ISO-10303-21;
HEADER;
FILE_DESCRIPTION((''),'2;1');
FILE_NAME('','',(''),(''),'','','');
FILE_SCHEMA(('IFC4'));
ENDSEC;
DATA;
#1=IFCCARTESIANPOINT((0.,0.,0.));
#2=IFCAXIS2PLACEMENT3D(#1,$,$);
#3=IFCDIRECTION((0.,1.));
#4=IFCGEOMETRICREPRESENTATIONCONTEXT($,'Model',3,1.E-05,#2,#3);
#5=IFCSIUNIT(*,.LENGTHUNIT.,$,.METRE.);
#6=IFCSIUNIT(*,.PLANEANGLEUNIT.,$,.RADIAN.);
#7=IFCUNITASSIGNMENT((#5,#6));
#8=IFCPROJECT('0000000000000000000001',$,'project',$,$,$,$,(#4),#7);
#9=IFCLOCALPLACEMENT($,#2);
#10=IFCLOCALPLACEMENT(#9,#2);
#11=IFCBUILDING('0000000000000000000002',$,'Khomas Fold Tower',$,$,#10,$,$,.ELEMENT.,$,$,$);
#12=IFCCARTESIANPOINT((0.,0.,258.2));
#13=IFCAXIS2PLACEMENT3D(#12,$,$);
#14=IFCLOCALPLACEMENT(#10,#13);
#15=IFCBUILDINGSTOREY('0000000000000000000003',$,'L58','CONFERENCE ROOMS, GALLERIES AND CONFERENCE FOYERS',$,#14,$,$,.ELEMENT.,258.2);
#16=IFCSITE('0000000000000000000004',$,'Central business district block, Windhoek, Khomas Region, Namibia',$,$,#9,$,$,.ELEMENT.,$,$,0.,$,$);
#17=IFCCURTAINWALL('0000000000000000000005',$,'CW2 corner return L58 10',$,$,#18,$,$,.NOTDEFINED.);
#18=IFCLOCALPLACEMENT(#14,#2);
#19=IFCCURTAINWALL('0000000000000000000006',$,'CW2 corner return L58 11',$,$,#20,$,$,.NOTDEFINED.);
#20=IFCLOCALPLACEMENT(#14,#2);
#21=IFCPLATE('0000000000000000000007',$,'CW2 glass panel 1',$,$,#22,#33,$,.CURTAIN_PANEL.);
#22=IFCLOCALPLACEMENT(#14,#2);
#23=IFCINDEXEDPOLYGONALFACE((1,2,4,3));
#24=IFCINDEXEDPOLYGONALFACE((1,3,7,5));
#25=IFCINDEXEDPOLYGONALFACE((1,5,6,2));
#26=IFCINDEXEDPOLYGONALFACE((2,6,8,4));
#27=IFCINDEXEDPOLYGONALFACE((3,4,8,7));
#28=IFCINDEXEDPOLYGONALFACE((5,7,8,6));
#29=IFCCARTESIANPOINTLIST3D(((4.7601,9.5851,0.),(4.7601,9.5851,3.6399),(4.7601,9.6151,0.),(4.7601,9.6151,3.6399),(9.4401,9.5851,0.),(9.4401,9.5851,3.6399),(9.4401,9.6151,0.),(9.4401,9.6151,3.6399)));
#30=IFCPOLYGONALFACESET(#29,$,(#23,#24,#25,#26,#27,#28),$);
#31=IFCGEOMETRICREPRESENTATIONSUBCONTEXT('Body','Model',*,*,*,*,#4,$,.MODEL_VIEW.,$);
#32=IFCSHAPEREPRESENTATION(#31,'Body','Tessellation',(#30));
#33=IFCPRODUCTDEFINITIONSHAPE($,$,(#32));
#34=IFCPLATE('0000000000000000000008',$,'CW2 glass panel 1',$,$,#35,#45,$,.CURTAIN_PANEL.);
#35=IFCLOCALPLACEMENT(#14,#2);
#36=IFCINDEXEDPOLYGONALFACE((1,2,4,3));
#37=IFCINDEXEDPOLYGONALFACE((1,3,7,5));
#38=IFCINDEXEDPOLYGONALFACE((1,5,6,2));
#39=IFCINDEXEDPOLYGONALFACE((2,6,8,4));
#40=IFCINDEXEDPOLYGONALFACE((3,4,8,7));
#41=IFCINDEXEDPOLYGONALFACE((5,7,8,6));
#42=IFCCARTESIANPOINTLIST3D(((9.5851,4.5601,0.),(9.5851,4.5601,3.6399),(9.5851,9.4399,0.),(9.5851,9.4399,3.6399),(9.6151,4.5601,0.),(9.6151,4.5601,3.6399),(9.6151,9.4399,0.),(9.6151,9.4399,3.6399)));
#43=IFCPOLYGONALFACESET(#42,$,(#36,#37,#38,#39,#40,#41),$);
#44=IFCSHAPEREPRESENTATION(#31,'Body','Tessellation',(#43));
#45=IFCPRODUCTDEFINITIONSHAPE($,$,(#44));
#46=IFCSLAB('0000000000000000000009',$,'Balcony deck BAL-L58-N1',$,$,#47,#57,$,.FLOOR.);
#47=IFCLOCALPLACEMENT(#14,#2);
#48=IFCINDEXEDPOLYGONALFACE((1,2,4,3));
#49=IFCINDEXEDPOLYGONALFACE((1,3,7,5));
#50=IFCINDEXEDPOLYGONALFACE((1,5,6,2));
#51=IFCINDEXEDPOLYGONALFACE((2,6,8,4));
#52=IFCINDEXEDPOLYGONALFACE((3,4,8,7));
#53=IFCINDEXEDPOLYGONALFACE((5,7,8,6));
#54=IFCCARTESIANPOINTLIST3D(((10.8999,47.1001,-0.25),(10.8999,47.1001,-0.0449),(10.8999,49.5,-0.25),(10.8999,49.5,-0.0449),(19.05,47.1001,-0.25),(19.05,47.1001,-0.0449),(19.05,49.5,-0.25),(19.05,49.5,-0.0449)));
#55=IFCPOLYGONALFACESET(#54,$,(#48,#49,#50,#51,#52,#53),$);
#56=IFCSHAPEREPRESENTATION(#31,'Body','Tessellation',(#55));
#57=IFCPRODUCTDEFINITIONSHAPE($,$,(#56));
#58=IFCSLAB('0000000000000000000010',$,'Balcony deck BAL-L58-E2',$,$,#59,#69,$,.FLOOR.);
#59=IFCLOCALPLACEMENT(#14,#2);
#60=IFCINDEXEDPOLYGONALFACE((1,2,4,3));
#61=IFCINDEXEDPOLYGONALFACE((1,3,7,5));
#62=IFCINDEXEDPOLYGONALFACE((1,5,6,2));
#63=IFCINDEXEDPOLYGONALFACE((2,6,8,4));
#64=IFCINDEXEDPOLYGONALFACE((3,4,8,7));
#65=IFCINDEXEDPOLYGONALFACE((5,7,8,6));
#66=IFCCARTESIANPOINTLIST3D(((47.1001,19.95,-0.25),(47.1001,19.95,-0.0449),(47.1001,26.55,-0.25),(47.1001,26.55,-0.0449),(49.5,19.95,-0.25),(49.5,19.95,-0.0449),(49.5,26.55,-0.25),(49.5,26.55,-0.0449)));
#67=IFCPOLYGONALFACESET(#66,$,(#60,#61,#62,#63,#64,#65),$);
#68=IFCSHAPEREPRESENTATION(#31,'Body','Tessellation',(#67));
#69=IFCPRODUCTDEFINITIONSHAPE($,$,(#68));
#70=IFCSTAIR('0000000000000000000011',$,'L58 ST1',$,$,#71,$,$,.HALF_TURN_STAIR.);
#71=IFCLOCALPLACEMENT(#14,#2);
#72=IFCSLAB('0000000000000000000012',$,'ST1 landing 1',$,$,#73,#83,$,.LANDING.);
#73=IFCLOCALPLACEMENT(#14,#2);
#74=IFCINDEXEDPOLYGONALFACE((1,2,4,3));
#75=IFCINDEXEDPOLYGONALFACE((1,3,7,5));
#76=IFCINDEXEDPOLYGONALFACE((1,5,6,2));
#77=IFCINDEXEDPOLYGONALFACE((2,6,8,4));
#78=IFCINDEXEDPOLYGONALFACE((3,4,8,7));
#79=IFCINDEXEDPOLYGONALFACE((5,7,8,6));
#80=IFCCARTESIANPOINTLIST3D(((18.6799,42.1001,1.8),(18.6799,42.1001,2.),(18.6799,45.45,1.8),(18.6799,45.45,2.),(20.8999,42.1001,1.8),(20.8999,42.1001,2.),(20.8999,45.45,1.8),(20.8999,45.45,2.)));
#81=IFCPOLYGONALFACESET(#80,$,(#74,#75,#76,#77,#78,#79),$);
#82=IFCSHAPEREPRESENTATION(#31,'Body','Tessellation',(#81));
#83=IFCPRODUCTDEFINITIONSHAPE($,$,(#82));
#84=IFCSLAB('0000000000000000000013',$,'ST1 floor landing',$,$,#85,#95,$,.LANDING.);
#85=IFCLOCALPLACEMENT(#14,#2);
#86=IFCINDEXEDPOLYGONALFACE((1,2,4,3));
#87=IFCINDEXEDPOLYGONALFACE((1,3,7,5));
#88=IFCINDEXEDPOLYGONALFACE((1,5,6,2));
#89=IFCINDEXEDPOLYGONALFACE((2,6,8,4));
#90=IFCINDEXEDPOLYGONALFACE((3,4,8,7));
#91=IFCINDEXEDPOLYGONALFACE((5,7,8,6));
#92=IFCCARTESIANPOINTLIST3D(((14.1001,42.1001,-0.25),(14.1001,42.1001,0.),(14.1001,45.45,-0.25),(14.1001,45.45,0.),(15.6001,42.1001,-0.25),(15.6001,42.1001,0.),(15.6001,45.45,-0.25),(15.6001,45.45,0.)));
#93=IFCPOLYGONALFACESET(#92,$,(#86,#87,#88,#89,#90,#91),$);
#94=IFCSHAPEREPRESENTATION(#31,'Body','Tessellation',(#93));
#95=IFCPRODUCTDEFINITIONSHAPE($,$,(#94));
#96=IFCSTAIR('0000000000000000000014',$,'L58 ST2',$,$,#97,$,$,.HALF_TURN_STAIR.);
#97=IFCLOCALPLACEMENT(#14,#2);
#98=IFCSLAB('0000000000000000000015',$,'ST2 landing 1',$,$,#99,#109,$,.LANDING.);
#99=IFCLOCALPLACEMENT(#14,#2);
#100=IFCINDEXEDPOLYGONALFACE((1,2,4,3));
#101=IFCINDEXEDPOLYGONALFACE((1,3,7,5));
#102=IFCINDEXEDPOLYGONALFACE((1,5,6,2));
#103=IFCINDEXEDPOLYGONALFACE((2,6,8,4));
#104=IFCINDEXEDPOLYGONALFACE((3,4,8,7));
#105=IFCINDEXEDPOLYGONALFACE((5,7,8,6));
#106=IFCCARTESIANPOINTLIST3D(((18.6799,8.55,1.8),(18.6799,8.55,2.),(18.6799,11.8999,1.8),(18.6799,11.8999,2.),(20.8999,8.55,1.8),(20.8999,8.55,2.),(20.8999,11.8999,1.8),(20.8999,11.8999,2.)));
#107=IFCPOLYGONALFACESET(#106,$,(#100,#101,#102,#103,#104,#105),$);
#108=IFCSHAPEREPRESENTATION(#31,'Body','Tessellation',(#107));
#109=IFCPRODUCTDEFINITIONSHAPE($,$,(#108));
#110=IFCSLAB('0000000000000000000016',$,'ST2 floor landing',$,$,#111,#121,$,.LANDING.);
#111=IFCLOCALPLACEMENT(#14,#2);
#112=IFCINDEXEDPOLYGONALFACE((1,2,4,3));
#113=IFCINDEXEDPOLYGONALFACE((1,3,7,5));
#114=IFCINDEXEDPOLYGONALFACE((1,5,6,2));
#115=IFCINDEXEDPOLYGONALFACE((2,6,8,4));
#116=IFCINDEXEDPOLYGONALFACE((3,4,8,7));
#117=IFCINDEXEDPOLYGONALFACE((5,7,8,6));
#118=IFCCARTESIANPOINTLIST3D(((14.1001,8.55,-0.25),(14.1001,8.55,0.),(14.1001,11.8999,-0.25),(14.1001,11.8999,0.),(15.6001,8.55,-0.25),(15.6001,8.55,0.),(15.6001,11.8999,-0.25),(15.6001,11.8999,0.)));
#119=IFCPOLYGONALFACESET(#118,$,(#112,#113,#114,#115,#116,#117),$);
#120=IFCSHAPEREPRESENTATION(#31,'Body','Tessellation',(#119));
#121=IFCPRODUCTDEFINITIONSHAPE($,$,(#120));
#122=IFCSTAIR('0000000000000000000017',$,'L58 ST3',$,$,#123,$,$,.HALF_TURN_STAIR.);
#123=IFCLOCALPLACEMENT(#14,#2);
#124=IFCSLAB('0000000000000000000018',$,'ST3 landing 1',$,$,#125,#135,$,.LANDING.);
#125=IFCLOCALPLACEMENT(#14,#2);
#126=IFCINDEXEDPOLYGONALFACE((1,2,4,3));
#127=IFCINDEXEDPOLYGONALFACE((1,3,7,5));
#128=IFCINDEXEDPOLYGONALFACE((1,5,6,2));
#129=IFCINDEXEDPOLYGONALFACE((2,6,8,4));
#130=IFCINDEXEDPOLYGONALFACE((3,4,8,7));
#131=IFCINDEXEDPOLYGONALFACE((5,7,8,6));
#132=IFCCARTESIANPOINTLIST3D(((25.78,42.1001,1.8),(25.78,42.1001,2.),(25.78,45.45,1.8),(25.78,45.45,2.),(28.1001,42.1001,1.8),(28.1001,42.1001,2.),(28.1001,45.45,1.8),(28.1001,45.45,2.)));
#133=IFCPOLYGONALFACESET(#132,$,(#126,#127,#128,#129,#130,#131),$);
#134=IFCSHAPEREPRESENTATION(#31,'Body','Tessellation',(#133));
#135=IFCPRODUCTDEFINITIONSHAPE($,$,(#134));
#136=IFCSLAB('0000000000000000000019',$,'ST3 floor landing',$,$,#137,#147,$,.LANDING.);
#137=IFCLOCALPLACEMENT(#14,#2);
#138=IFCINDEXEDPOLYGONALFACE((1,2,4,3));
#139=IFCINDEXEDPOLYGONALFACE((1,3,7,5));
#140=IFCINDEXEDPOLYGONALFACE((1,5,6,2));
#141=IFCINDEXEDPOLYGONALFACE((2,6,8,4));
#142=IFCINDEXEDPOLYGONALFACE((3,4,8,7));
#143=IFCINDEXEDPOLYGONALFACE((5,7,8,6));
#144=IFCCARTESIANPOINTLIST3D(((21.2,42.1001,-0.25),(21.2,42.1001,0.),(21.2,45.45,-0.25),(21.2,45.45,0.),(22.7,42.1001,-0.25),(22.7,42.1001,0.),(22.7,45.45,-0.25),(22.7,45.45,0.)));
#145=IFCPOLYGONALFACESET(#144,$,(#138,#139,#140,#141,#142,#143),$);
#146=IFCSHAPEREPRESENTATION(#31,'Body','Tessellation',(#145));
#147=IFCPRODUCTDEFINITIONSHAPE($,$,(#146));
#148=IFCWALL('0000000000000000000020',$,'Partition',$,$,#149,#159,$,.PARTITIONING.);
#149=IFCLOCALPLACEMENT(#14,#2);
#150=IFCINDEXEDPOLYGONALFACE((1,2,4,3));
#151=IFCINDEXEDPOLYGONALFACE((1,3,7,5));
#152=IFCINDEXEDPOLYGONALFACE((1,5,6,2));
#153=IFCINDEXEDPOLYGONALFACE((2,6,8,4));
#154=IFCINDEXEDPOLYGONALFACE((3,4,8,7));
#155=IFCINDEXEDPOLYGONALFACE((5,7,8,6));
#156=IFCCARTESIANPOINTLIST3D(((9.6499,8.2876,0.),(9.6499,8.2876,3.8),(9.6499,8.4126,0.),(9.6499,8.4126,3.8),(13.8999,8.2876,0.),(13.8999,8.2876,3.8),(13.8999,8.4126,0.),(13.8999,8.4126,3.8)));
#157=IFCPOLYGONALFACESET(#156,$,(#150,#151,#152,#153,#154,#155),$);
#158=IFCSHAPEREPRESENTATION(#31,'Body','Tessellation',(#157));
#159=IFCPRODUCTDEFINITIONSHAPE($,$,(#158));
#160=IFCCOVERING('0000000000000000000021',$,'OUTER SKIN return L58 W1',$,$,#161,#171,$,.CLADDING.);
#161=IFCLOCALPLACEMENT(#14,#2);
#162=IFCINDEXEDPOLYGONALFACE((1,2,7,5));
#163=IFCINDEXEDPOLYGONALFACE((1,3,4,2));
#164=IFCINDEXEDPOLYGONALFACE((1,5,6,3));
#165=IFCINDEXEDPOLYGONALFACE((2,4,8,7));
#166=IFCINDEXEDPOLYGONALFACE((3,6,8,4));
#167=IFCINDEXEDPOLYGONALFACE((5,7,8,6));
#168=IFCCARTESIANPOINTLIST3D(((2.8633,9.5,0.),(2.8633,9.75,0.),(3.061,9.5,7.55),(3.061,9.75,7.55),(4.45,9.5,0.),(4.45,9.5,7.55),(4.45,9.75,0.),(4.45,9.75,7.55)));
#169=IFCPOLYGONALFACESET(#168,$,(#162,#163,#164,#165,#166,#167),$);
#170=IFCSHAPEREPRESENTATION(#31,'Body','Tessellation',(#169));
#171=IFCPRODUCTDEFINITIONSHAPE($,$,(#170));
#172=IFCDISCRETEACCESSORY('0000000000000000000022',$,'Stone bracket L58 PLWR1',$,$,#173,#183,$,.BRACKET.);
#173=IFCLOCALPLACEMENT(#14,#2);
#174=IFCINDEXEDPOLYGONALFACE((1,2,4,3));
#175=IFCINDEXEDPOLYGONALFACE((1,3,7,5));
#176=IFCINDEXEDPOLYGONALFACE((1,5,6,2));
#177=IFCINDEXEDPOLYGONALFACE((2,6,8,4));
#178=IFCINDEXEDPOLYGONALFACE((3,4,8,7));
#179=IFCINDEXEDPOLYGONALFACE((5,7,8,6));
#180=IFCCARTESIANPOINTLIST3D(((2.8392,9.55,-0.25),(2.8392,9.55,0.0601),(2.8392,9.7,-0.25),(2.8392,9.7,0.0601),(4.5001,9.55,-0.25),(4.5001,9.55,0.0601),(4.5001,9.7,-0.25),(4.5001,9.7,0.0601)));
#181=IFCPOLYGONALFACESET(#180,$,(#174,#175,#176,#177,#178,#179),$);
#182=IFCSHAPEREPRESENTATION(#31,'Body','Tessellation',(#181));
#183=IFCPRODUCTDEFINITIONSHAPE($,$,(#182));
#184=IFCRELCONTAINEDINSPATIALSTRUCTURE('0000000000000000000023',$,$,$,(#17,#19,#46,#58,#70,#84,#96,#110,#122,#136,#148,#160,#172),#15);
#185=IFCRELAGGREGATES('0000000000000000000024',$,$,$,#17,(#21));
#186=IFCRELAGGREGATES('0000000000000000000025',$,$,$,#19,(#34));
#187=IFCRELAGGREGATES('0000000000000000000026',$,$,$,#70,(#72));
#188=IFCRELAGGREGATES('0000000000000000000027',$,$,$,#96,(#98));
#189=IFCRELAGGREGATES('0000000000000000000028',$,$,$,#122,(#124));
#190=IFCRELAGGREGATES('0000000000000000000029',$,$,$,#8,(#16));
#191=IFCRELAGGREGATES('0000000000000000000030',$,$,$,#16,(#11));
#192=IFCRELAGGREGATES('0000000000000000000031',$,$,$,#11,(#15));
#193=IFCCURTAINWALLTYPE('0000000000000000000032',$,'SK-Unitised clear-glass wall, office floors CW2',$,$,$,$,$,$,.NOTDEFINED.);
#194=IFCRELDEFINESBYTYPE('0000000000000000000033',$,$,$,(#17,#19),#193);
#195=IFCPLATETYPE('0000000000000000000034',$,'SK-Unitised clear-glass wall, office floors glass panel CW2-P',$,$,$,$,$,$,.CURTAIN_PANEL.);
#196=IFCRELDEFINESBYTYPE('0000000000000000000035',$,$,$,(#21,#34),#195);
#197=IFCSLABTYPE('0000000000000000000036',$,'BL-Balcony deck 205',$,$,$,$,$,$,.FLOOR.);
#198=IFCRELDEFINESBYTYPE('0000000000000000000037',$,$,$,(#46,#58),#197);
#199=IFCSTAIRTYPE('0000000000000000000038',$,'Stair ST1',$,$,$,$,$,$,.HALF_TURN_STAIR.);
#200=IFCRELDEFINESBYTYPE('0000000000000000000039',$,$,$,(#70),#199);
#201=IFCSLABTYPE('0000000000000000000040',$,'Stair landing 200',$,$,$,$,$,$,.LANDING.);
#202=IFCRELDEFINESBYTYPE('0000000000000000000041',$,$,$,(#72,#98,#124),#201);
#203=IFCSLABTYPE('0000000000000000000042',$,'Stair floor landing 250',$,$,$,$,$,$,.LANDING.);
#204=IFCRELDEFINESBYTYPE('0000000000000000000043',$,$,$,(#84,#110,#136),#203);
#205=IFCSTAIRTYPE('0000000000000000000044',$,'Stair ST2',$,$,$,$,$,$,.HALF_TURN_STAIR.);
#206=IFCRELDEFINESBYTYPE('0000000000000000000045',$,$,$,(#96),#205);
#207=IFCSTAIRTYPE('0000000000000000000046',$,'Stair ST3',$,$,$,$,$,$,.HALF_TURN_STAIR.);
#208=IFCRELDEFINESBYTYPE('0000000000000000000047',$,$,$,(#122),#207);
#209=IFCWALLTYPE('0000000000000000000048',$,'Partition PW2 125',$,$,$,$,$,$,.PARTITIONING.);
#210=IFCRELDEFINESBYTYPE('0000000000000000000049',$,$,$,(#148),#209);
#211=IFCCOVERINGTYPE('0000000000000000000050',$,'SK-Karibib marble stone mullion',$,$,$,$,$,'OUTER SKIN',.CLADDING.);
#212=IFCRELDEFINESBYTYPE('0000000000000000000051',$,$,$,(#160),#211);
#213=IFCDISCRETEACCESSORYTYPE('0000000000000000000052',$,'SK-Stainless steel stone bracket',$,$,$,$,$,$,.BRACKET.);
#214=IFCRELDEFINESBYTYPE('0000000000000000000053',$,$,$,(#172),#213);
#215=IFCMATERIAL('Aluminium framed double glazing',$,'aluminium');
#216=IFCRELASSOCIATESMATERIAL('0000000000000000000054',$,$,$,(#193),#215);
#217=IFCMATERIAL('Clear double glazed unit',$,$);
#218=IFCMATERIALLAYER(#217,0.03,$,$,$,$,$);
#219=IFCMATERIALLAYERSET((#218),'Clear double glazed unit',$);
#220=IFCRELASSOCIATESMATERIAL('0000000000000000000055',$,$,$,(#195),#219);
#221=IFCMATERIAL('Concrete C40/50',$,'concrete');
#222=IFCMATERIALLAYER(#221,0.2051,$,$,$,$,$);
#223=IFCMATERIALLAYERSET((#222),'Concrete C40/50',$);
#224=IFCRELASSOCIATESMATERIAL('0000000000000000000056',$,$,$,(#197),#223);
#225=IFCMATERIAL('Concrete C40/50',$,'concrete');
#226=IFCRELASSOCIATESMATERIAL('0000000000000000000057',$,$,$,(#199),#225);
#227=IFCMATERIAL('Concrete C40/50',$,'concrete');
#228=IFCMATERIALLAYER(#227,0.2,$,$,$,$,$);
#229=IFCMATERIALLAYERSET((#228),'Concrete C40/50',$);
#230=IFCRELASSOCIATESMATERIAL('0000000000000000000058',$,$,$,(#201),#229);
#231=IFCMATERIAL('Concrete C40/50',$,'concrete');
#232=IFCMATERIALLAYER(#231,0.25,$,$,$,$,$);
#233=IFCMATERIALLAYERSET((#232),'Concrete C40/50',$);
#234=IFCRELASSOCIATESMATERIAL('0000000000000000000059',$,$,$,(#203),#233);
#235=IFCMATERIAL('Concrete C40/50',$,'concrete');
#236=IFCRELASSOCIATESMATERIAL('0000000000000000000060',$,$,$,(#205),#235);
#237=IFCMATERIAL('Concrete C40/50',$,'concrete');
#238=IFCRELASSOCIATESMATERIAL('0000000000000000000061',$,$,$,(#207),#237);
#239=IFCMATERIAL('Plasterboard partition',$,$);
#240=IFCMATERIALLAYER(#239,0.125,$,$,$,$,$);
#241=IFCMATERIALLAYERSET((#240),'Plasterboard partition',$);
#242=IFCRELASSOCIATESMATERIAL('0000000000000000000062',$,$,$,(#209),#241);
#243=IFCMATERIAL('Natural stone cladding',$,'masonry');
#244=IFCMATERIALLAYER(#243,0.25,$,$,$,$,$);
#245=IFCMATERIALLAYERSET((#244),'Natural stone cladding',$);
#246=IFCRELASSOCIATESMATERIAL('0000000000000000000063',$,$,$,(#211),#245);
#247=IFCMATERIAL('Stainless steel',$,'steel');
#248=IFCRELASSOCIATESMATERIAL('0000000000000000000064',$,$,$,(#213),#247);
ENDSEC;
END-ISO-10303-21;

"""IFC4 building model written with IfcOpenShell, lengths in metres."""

from ifc_helpers import new_model, si_unit, direction, frame, frame_2d, origin, origin_2d, place, context, subcontext, project, spatial, polyline, rectangle, outline, extrude, source, transform, mapped, material, layer, layer_set, type_object, element, aggregate, save


model = new_model("IFC4")

# Units and contexts
model_context = context("Model", 3, precision=1e-05, world=origin(), true_north=direction((0.0, 1.0)))
body_context = subcontext(model_context, "Body", "Model", "MODEL_VIEW")
ifc_project = project(units=[si_unit("LENGTHUNIT", "METRE"), si_unit("PLANEANGLEUNIT", "RADIAN")], contexts=[model_context])

# Site, building, storey
site_placement = place(None, origin())
site = spatial("IfcSite", under=ifc_project, at=site_placement, Name="Central business district block, Windhoek, Khomas Region, Namibia", CompositionType="ELEMENT", RefElevation=0.0)
building_placement = place(site_placement, origin())
building = spatial("IfcBuilding", under=site, at=building_placement, Name="Khomas Fold Tower", CompositionType="ELEMENT")
storey_placement = place(building_placement, frame((0.0, 0.0, 258.2)))
storey = spatial("IfcBuildingStorey", under=building, at=storey_placement, Name="L58", Description="CONFERENCE ROOMS, GALLERIES AND CONFERENCE FOYERS", CompositionType="ELEMENT", Elevation=258.2)

# Curtain walls
ifc_material_1 = material(Name="Aluminium framed double glazing", Category="aluminium")
curtain_wall_type = type_object("IfcCurtainWallType", Name="SK-Unitised clear-glass wall, office floors CW2", PredefinedType="NOTDEFINED", material=ifc_material_1)
curtain_wall_1_placement = place(storey_placement, origin())
curtain_wall_1 = element("IfcCurtainWall", 1, at=curtain_wall_1_placement, inside=storey, type_object=curtain_wall_type, Name="CW2 corner return L58 10", PredefinedType="NOTDEFINED")
curtain_wall_2_placement = place(storey_placement, origin())
curtain_wall_2 = element("IfcCurtainWall", 2, at=curtain_wall_2_placement, inside=storey, type_object=curtain_wall_type, Name="CW2 corner return L58 11", PredefinedType="NOTDEFINED")

# Plates
ifc_material_2 = material(Name="Clear double glazed unit")
ifc_layer_1 = layer(ifc_material_2, 0.03)
ifc_layer_set_1 = layer_set([ifc_layer_1], Name="Clear double glazed unit")
plate_type_1 = type_object("IfcPlateType", Name="SK-Unitised clear-glass wall, office floors glass panel CW2-P", PredefinedType="CURTAIN_PANEL", material=ifc_layer_set_1)
shared_shape_1 = source(origin(), body_context, "Body", "SweptSolid", [
    extrude(rectangle(XDim=4.6799, YDim=0.03, at=origin_2d()), origin(), (0.0, 0.0, 1.0), 3.6399),
])
plate_1_placement = place(storey_placement, frame((7.1001, 9.6001, 0.0), z_axis=(0.0, 0.0, 1.0), x_axis=(1.0, 0.0, 0.0)))
plate_1 = element("IfcPlate", 3, at=plate_1_placement, type_object=plate_type_1, Name="CW2 glass panel 1", PredefinedType="CURTAIN_PANEL", context=body_context, shape_type="MappedRepresentation", body=[
    mapped(shared_shape_1, transform((0.0, 0.0, 0.0))),
])
aggregate(curtain_wall_1, [plate_1])
shared_shape_2 = source(origin(), body_context, "Body", "SweptSolid", [
    extrude(rectangle(XDim=4.8799, YDim=0.03, at=origin_2d()), origin(), (0.0, 0.0, 1.0), 3.6399),
])
plate_2_placement = place(storey_placement, frame((9.6001, 7.0, 0.0), z_axis=(0.0, 0.0, 1.0), x_axis=(0.0, -1.0, 0.0)))
plate_2 = element("IfcPlate", 4, at=plate_2_placement, type_object=plate_type_1, Name="CW2 glass panel 1", PredefinedType="CURTAIN_PANEL", context=body_context, shape_type="MappedRepresentation", body=[
    mapped(shared_shape_2, transform((0.0, 0.0, 0.0))),
])
aggregate(curtain_wall_2, [plate_2])

# Slabs
ifc_material_3 = material(Name="Concrete C40/50", Category="concrete")
ifc_layer_2 = layer(ifc_material_3, 0.2051)
ifc_layer_set_2 = layer_set([ifc_layer_2], Name="Concrete C40/50")
slab_type_1 = type_object("IfcSlabType", Name="BL-Balcony deck 205", PredefinedType="FLOOR", material=ifc_layer_set_2)
shared_shape_3 = source(origin(), body_context, "Body", "SweptSolid", [
    extrude(outline(polyline([(10.8999, 47.1001), (19.05, 47.1001), (19.05, 49.5), (10.8999, 49.5), (10.8999, 47.1001)])), origin(), (0.0, 0.0, 1.0), 0.2051),
])
slab_1_placement = place(storey_placement, frame((0.0, 0.0, -0.25)))
element("IfcSlab", 5, at=slab_1_placement, inside=storey, type_object=slab_type_1, Name="Balcony deck BAL-L58-N1", PredefinedType="FLOOR", context=body_context, shape_type="MappedRepresentation", body=[
    mapped(shared_shape_3, transform((0.0, 0.0, 0.0))),
])
shared_shape_4 = source(origin(), body_context, "Body", "SweptSolid", [
    extrude(outline(polyline([(47.1001, 19.95), (49.5, 19.95), (49.5, 26.55), (47.1001, 26.55), (47.1001, 19.95)])), origin(), (0.0, 0.0, 1.0), 0.2051),
])
slab_2_placement = place(storey_placement, frame((0.0, 0.0, -0.25)))
element("IfcSlab", 6, at=slab_2_placement, inside=storey, type_object=slab_type_1, Name="Balcony deck BAL-L58-E2", PredefinedType="FLOOR", context=body_context, shape_type="MappedRepresentation", body=[
    mapped(shared_shape_4, transform((0.0, 0.0, 0.0))),
])

# Stair, slab
ifc_material_4 = material(Name="Concrete C40/50", Category="concrete")
stair_type_1 = type_object("IfcStairType", Name="Stair ST1", PredefinedType="HALF_TURN_STAIR", material=ifc_material_4)
stair_1_placement = place(storey_placement, origin())
stair_1 = element("IfcStair", 7, at=stair_1_placement, inside=storey, type_object=stair_type_1, Name="L58 ST1", PredefinedType="HALF_TURN_STAIR")
ifc_material_5 = material(Name="Concrete C40/50", Category="concrete")
ifc_layer_3 = layer(ifc_material_5, 0.2)
ifc_layer_set_3 = layer_set([ifc_layer_3], Name="Concrete C40/50")
slab_type_2 = type_object("IfcSlabType", Name="Stair landing 200", PredefinedType="LANDING", material=ifc_layer_set_3)
shared_shape_5 = source(origin(), body_context, "Body", "SweptSolid", [
    extrude(outline(polyline([(18.6799, 42.1001), (20.8999, 42.1001), (20.8999, 45.45), (18.6799, 45.45), (18.6799, 42.1001)])), origin(), (0.0, 0.0, 1.0), 0.2),
])
slab_3_placement = place(storey_placement, frame((0.0, 0.0, 1.8)))
slab_3 = element("IfcSlab", 8, at=slab_3_placement, type_object=slab_type_2, Name="ST1 landing 1", PredefinedType="LANDING", context=body_context, shape_type="MappedRepresentation", body=[
    mapped(shared_shape_5, transform((0.0, 0.0, 0.0))),
])
aggregate(stair_1, [slab_3])

# Slab
ifc_material_6 = material(Name="Concrete C40/50", Category="concrete")
ifc_layer_4 = layer(ifc_material_6, 0.25)
ifc_layer_set_4 = layer_set([ifc_layer_4], Name="Concrete C40/50")
slab_type_3 = type_object("IfcSlabType", Name="Stair floor landing 250", PredefinedType="LANDING", material=ifc_layer_set_4)
shared_shape_6 = source(origin(), body_context, "Body", "SweptSolid", [
    extrude(outline(polyline([(15.6001, 42.1001), (14.1001, 42.1001), (14.1001, 45.45), (15.6001, 45.45), (15.6001, 42.1001)])), origin(), (0.0, 0.0, 1.0), 0.25),
])
slab_4_placement = place(storey_placement, frame((0.0, 0.0, -0.25)))
element("IfcSlab", 9, at=slab_4_placement, inside=storey, type_object=slab_type_3, Name="ST1 floor landing", PredefinedType="LANDING", context=body_context, shape_type="MappedRepresentation", body=[
    mapped(shared_shape_6, transform((0.0, 0.0, 0.0))),
])

# Stair, slab
ifc_material_7 = material(Name="Concrete C40/50", Category="concrete")
stair_type_2 = type_object("IfcStairType", Name="Stair ST2", PredefinedType="HALF_TURN_STAIR", material=ifc_material_7)
stair_2_placement = place(storey_placement, origin())
stair_2 = element("IfcStair", 10, at=stair_2_placement, inside=storey, type_object=stair_type_2, Name="L58 ST2", PredefinedType="HALF_TURN_STAIR")
shared_shape_7 = source(origin(), body_context, "Body", "SweptSolid", [
    extrude(outline(polyline([(18.6799, 8.55), (20.8999, 8.55), (20.8999, 11.8999), (18.6799, 11.8999), (18.6799, 8.55)])), origin(), (0.0, 0.0, 1.0), 0.2),
])
slab_5_placement = place(storey_placement, frame((0.0, 0.0, 1.8)))
slab_5 = element("IfcSlab", 11, at=slab_5_placement, type_object=slab_type_2, Name="ST2 landing 1", PredefinedType="LANDING", context=body_context, shape_type="MappedRepresentation", body=[
    mapped(shared_shape_7, transform((0.0, 0.0, 0.0))),
])
aggregate(stair_2, [slab_5])

# Slab
shared_shape_8 = source(origin(), body_context, "Body", "SweptSolid", [
    extrude(outline(polyline([(15.6001, 8.55), (14.1001, 8.55), (14.1001, 11.8999), (15.6001, 11.8999), (15.6001, 8.55)])), origin(), (0.0, 0.0, 1.0), 0.25),
])
slab_6_placement = place(storey_placement, frame((0.0, 0.0, -0.25)))
element("IfcSlab", 12, at=slab_6_placement, inside=storey, type_object=slab_type_3, Name="ST2 floor landing", PredefinedType="LANDING", context=body_context, shape_type="MappedRepresentation", body=[
    mapped(shared_shape_8, transform((0.0, 0.0, 0.0))),
])

# Stair, slab
ifc_material_8 = material(Name="Concrete C40/50", Category="concrete")
stair_type_3 = type_object("IfcStairType", Name="Stair ST3", PredefinedType="HALF_TURN_STAIR", material=ifc_material_8)
stair_3_placement = place(storey_placement, origin())
stair_3 = element("IfcStair", 13, at=stair_3_placement, inside=storey, type_object=stair_type_3, Name="L58 ST3", PredefinedType="HALF_TURN_STAIR")
shared_shape_9 = source(origin(), body_context, "Body", "SweptSolid", [
    extrude(outline(polyline([(25.78, 42.1001), (28.1001, 42.1001), (28.1001, 45.45), (25.78, 45.45), (25.78, 42.1001)])), origin(), (0.0, 0.0, 1.0), 0.2),
])
slab_7_placement = place(storey_placement, frame((0.0, 0.0, 1.8)))
slab_7 = element("IfcSlab", 14, at=slab_7_placement, type_object=slab_type_2, Name="ST3 landing 1", PredefinedType="LANDING", context=body_context, shape_type="MappedRepresentation", body=[
    mapped(shared_shape_9, transform((0.0, 0.0, 0.0))),
])
aggregate(stair_3, [slab_7])

# Slab
shared_shape_10 = source(origin(), body_context, "Body", "SweptSolid", [
    extrude(outline(polyline([(22.7, 42.1001), (21.2, 42.1001), (21.2, 45.45), (22.7, 45.45), (22.7, 42.1001)])), origin(), (0.0, 0.0, 1.0), 0.25),
])
slab_8_placement = place(storey_placement, frame((0.0, 0.0, -0.25)))
element("IfcSlab", 15, at=slab_8_placement, inside=storey, type_object=slab_type_3, Name="ST3 floor landing", PredefinedType="LANDING", context=body_context, shape_type="MappedRepresentation", body=[
    mapped(shared_shape_10, transform((0.0, 0.0, 0.0))),
])

# Wall
ifc_material_9 = material(Name="Plasterboard partition")
ifc_layer_5 = layer(ifc_material_9, 0.125)
ifc_layer_set_5 = layer_set([ifc_layer_5], Name="Plasterboard partition")
wall_type = type_object("IfcWallType", Name="Partition PW2 125", PredefinedType="PARTITIONING", material=ifc_layer_set_5)
shared_shape_11 = source(origin(), body_context, "Body", "SweptSolid", [
    extrude(rectangle(XDim=4.25, YDim=0.125, at=frame_2d((2.125, 0.0))), origin(), (0.0, 0.0, 1.0), 3.8),
])
wall_placement = place(storey_placement, frame((9.6499, 8.3501, 0.0), z_axis=(0.0, 0.0, 1.0), x_axis=(1.0, 0.0, 0.0)))
element("IfcWall", 16, at=wall_placement, inside=storey, type_object=wall_type, Name="Partition", PredefinedType="PARTITIONING", context=body_context, shape_type="MappedRepresentation", body=[
    mapped(shared_shape_11, transform((0.0, 0.0, 0.0))),
])

# Covering
ifc_material_10 = material(Name="Natural stone cladding", Category="masonry")
ifc_layer_6 = layer(ifc_material_10, 0.25)
ifc_layer_set_6 = layer_set([ifc_layer_6], Name="Natural stone cladding")
covering_type = type_object("IfcCoveringType", Name="SK-Karibib marble stone mullion", ElementType="OUTER SKIN", PredefinedType="CLADDING", material=ifc_layer_set_6)
covering_placement = place(storey_placement, frame((4.45, 9.5, 7.55), z_axis=(0.0, -1.0, 0.0), x_axis=(-1.0, 0.0, 0.0)))
element("IfcCovering", 17, at=covering_placement, inside=storey, type_object=covering_type, Name="OUTER SKIN return L58 W1", PredefinedType="CLADDING", context=body_context, shape_type="SweptSolid", body=[
    extrude(outline(polyline([(0.0, 0.0), (1.3889, 0.0), (1.5867, 7.55), (0.0, 7.55), (0.0, 0.0)])), origin(), (0.0, 0.0, -1.0), 0.25),
])

# Discrete accessory
ifc_material_11 = material(Name="Stainless steel", Category="steel")
discrete_accessory_type = type_object("IfcDiscreteAccessoryType", Name="SK-Stainless steel stone bracket", PredefinedType="BRACKET", material=ifc_material_11)
shared_shape_12 = source(origin(), body_context, "Body", "SweptSolid", [
    extrude(rectangle(XDim=1.6609, YDim=0.1499, at=origin_2d()), origin(), (0.0, 0.0, 1.0), 0.3101),
])
discrete_accessory_placement = place(storey_placement, frame((3.6697, 9.625, -0.25), z_axis=(0.0, 0.0, 1.0), x_axis=(-1.0, 0.0, 0.0)))
element("IfcDiscreteAccessory", 18, at=discrete_accessory_placement, inside=storey, type_object=discrete_accessory_type, Name="Stone bracket L58 PLWR1", PredefinedType="BRACKET", context=body_context, shape_type="MappedRepresentation", body=[
    mapped(shared_shape_12, transform((0.0, 0.0, 0.0))),
])

save(model, "model.ifc")
